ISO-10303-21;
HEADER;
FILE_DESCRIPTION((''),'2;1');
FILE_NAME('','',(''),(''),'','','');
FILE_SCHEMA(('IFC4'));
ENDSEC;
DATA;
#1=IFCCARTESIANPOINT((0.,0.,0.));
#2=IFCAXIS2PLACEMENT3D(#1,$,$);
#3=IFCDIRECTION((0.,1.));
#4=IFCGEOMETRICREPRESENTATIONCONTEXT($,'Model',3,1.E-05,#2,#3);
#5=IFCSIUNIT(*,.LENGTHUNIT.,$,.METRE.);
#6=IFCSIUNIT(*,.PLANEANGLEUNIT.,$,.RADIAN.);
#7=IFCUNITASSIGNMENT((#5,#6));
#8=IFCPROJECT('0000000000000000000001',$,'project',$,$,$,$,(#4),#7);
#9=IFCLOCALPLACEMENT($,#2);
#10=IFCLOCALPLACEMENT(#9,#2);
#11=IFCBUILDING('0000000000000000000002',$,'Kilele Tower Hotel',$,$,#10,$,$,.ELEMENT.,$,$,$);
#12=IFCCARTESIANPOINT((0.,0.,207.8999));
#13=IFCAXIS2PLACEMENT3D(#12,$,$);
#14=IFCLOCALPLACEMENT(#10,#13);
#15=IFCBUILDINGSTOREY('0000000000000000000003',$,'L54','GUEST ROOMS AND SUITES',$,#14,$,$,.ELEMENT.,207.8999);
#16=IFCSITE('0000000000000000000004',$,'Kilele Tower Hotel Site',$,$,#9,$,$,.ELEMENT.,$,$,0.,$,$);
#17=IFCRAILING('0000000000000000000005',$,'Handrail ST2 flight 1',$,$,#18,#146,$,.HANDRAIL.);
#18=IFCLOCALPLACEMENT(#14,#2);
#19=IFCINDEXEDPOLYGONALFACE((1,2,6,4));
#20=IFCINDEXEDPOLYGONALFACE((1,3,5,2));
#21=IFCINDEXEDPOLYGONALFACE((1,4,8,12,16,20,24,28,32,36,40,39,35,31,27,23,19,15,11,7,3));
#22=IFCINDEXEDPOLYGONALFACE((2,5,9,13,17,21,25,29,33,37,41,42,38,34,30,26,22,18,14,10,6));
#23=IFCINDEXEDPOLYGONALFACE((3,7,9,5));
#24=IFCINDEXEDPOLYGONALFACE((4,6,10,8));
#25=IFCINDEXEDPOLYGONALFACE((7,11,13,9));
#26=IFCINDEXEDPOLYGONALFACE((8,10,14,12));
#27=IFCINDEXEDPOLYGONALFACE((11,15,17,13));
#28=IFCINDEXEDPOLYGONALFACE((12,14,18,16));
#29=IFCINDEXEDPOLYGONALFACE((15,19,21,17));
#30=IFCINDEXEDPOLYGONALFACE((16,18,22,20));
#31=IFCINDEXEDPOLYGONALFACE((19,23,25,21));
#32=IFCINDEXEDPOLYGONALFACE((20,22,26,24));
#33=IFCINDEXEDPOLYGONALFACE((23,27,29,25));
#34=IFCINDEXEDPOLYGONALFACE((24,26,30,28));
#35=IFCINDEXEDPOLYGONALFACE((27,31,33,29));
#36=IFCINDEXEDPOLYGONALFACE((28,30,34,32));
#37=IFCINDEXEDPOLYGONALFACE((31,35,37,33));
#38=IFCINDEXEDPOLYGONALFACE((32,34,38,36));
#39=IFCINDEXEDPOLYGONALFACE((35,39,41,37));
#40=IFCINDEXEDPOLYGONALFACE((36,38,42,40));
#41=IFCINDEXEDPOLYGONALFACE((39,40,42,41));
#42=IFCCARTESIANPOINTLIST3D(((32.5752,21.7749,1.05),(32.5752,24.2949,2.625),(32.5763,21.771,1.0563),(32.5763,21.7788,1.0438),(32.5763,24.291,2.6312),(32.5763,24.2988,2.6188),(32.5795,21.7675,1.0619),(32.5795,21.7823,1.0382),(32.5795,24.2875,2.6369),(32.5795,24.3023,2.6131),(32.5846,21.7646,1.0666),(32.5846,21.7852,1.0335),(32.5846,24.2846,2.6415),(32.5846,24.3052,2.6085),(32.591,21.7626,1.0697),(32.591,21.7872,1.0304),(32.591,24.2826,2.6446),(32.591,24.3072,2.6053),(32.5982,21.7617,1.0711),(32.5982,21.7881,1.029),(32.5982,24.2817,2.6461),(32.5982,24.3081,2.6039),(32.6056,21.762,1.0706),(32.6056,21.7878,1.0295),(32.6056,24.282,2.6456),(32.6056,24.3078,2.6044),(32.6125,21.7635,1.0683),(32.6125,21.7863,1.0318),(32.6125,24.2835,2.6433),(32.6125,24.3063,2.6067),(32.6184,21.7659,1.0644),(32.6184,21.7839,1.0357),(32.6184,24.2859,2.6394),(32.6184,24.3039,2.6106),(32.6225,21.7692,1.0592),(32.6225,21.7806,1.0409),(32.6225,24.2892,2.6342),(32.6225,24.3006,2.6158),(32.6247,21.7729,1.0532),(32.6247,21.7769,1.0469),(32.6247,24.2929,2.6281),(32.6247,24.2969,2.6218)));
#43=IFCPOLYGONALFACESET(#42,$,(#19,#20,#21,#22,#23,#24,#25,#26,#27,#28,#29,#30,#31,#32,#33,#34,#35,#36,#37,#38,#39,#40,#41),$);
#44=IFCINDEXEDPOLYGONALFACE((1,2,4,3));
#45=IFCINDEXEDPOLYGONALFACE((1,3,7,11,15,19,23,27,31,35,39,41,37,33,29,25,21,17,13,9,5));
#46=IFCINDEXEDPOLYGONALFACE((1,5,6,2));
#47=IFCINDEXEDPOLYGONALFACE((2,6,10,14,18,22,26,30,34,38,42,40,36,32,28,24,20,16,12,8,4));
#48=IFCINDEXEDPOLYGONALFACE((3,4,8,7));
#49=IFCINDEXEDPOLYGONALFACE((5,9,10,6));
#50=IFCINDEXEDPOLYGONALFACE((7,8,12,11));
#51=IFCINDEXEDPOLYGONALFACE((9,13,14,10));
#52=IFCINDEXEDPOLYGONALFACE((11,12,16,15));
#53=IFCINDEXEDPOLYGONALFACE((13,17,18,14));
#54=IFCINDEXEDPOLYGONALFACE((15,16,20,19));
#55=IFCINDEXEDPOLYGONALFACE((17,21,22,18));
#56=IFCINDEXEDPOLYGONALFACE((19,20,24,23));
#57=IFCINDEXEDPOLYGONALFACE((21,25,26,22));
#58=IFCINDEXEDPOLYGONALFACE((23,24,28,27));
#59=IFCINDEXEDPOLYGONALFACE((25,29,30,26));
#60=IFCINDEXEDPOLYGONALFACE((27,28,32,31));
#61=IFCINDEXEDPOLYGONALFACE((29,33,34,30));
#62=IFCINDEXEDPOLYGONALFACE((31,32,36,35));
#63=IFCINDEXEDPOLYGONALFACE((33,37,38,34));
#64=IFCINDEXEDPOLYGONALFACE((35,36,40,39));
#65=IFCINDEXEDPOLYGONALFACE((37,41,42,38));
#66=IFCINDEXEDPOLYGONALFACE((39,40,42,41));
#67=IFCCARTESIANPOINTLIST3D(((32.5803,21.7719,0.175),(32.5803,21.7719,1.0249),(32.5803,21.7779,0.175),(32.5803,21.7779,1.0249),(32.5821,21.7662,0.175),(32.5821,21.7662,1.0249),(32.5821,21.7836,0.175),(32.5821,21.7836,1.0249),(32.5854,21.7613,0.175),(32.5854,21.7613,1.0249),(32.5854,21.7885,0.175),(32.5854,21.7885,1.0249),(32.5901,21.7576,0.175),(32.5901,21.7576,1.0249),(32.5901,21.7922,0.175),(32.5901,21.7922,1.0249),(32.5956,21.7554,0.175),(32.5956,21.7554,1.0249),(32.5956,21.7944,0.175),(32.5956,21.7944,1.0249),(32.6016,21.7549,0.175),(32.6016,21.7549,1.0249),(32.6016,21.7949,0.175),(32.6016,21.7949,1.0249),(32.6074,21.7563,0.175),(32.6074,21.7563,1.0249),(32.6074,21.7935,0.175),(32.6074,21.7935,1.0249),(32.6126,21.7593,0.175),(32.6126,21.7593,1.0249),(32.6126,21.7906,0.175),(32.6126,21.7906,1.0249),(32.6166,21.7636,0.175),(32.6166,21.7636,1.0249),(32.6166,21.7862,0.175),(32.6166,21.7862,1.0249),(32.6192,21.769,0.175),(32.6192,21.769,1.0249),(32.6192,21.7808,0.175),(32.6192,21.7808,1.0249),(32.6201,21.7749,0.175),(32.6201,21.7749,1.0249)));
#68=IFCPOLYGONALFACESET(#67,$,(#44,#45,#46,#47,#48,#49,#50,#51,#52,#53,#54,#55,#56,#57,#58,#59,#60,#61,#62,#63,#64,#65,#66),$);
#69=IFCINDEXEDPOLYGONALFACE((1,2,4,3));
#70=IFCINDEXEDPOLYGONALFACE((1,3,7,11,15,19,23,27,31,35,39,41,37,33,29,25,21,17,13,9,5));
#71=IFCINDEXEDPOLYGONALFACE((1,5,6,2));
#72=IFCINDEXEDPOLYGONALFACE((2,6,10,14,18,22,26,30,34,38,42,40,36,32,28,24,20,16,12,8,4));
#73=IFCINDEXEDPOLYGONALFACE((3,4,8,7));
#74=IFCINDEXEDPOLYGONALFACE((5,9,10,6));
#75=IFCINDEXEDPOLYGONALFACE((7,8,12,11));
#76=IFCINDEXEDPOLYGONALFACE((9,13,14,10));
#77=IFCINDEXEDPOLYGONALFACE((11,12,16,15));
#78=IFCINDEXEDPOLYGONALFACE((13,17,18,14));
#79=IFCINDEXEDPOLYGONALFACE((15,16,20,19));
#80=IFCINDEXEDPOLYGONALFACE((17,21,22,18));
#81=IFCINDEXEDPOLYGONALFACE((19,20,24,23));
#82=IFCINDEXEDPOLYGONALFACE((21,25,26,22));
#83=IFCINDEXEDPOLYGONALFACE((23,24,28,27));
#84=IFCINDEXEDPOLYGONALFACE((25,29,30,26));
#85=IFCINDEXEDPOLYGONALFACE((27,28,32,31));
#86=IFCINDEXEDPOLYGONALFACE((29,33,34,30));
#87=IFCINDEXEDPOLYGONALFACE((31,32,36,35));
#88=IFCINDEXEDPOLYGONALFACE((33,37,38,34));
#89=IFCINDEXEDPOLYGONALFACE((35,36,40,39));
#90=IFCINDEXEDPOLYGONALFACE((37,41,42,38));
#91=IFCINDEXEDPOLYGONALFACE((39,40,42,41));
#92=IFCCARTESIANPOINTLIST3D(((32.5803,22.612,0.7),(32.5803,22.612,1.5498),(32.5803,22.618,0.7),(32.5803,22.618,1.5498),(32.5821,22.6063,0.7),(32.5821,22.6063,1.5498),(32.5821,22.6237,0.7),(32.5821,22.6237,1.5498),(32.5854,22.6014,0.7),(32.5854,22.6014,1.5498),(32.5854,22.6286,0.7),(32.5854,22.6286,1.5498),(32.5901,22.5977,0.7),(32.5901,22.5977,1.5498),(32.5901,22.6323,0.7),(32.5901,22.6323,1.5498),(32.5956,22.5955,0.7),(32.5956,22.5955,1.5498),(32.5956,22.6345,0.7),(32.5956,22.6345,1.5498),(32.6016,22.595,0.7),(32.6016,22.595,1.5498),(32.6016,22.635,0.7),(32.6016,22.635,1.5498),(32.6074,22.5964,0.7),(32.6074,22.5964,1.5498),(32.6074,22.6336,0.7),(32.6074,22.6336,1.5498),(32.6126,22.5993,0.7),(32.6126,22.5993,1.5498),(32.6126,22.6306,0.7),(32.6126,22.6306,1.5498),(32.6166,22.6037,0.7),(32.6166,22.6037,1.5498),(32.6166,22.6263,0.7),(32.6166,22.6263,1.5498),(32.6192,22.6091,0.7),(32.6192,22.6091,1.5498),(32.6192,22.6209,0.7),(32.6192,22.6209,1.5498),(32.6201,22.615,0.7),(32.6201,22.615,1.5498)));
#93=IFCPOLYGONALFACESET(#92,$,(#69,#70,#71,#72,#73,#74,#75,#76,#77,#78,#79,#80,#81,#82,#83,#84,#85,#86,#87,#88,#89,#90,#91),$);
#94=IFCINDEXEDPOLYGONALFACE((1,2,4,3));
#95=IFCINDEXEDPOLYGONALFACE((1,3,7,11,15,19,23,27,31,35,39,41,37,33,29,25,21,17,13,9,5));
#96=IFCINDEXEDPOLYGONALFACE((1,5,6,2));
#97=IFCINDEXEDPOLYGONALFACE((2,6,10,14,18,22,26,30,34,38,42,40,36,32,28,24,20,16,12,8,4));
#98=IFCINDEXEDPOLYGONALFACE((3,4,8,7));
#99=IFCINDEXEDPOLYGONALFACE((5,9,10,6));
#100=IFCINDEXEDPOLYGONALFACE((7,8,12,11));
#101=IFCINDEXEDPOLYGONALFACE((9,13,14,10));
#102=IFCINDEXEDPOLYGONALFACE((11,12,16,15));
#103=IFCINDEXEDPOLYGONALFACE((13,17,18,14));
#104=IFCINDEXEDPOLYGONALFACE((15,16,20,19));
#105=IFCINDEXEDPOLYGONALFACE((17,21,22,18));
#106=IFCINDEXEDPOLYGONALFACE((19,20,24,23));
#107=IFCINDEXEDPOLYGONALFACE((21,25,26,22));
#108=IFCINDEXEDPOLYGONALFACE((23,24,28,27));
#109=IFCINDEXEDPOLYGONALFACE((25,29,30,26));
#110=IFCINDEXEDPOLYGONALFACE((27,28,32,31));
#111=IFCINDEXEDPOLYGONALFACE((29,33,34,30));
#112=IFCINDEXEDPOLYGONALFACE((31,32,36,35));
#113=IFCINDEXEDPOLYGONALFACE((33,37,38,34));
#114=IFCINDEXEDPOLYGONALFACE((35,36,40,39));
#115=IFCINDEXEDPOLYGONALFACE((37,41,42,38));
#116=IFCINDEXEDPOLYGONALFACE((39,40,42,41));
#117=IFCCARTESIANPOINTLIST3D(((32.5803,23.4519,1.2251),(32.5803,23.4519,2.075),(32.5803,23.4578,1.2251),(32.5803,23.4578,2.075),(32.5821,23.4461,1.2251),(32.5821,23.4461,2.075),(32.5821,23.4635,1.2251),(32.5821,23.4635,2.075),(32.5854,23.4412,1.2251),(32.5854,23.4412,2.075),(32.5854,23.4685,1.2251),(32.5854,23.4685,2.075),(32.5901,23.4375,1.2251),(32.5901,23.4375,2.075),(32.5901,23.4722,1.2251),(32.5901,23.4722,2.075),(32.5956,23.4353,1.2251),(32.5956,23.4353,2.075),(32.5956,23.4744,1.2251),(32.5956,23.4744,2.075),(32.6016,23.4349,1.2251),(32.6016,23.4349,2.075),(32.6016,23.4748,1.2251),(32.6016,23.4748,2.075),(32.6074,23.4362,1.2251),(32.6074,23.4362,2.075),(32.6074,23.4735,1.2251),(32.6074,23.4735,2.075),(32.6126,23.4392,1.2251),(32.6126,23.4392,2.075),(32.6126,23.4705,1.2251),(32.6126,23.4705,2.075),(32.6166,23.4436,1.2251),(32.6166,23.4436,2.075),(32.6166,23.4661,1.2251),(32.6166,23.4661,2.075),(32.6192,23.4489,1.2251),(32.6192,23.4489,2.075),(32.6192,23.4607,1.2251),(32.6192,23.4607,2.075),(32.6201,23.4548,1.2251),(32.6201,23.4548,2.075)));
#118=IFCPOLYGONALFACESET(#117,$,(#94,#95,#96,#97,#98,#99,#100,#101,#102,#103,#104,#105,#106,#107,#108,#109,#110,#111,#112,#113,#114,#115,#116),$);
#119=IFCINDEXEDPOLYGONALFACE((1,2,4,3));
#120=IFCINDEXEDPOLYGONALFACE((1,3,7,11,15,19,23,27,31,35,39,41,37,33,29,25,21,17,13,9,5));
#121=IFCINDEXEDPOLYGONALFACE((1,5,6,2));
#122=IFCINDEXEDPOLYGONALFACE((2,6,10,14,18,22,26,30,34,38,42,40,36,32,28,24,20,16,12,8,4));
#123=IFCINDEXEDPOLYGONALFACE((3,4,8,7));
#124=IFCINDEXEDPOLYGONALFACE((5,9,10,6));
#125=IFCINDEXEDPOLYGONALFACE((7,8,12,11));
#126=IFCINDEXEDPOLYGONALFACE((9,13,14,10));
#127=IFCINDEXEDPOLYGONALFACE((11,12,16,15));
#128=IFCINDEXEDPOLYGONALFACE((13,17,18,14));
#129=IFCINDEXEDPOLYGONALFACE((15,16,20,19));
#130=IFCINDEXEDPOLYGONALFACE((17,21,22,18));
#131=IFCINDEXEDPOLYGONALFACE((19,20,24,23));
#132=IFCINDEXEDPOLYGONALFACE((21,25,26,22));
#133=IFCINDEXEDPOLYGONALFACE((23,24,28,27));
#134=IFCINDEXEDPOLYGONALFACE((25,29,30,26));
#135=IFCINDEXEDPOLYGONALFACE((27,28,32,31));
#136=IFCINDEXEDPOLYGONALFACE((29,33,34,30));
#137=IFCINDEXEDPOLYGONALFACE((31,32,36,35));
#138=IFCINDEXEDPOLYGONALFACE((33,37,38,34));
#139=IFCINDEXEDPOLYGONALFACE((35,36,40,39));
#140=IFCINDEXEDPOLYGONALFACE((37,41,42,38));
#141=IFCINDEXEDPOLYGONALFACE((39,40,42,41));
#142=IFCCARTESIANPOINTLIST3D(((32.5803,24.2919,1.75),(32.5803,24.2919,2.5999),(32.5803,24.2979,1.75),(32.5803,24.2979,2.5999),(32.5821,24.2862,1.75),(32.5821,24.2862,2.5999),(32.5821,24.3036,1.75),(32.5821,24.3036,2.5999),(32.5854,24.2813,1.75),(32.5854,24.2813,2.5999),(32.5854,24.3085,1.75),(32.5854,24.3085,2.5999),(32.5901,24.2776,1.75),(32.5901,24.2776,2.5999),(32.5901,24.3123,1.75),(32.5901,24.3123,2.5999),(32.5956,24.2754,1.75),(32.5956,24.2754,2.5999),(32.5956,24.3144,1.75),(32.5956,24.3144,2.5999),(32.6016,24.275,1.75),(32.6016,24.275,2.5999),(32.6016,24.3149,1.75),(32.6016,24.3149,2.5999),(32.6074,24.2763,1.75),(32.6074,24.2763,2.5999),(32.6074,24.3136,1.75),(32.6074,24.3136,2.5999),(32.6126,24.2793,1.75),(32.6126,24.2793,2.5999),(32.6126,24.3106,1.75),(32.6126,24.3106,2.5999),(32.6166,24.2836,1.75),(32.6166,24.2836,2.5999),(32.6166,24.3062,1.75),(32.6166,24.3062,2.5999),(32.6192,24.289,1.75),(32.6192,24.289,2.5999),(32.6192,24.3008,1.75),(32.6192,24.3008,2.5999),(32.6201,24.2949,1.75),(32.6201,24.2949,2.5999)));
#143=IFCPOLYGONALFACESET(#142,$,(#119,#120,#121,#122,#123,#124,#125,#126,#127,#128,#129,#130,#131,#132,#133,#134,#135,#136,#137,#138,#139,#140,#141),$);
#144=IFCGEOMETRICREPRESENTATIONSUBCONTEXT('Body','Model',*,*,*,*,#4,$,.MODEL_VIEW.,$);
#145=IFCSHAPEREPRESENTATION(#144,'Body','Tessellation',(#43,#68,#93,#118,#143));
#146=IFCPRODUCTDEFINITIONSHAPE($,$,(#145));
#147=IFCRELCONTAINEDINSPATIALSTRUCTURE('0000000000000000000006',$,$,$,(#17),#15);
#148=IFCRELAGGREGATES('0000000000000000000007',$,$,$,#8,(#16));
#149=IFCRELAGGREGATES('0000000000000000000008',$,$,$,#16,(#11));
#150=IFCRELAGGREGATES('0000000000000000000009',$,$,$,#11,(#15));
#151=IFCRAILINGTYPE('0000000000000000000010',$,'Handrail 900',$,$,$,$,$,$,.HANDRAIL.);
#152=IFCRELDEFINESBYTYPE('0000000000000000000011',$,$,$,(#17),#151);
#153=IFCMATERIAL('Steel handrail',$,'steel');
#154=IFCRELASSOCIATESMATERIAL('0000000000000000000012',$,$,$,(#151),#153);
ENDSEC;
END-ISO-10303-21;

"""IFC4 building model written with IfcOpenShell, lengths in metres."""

from ifc_helpers import new_model, si_unit, direction, frame, origin, origin_2d, place, context, subcontext, project, spatial, circle, extrude, material, type_object, element, save


model = new_model("IFC4")

# Units and contexts
model_context = context("Model", 3, precision=1e-05, world=origin(), true_north=direction((0.0, 1.0)))
body_context = subcontext(model_context, "Body", "Model", "MODEL_VIEW")
ifc_project = project(units=[si_unit("LENGTHUNIT", "METRE"), si_unit("PLANEANGLEUNIT", "RADIAN")], contexts=[model_context])

# Site, building, storey
site_placement = place(None, origin())
site = spatial("IfcSite", under=ifc_project, at=site_placement, Name="Kilele Tower Hotel Site", CompositionType="ELEMENT", RefElevation=0.0)
building_placement = place(site_placement, origin())
building = spatial("IfcBuilding", under=site, at=building_placement, Name="Kilele Tower Hotel", CompositionType="ELEMENT")
storey_placement = place(building_placement, frame((0.0, 0.0, 207.8999)))
storey = spatial("IfcBuildingStorey", under=building, at=storey_placement, Name="L54", Description="GUEST ROOMS AND SUITES", CompositionType="ELEMENT", Elevation=207.8999)

# Railing
ifc_material_1 = material(Name="Steel handrail", Category="steel")
railing_type_1 = type_object("IfcRailingType", Name="Handrail 900", PredefinedType="HANDRAIL", material=ifc_material_1)
for number, where, name in (
    (1, (32.6001, 21.7749, 0.175), "Handrail ST2 flight 1"),
):
    element("IfcRailing", number, at=place(storey_placement, frame(where)), inside=storey, type_object=railing_type_1, Name=name, PredefinedType="HANDRAIL", context=body_context, shape_type="SweptSolid", body=[
        extrude(circle(Radius=0.0249, at=origin_2d()), frame((0.0, 0.0, 0.875), z_axis=(0.0, 0.848008, 0.529984), x_axis=(-1.0, 0.0, 0.0)), (0.0, 0.0, 1.0), 2.9717),
        extrude(circle(Radius=0.02, at=origin_2d()), origin(), (0.0, 0.0, 1.0), 0.8499),
        extrude(circle(Radius=0.02, at=origin_2d()), frame((0.0, 0.8401, 0.5249)), (0.0, 0.0, 1.0), 0.8499),
        extrude(circle(Radius=0.02, at=origin_2d()), frame((0.0, 1.6799, 1.05)), (0.0, 0.0, 1.0), 0.8499),
        extrude(circle(Radius=0.02, at=origin_2d()), frame((0.0, 2.52, 1.575)), (0.0, 0.0, 1.0), 0.8499),
    ])

save(model, "model.ifc")
